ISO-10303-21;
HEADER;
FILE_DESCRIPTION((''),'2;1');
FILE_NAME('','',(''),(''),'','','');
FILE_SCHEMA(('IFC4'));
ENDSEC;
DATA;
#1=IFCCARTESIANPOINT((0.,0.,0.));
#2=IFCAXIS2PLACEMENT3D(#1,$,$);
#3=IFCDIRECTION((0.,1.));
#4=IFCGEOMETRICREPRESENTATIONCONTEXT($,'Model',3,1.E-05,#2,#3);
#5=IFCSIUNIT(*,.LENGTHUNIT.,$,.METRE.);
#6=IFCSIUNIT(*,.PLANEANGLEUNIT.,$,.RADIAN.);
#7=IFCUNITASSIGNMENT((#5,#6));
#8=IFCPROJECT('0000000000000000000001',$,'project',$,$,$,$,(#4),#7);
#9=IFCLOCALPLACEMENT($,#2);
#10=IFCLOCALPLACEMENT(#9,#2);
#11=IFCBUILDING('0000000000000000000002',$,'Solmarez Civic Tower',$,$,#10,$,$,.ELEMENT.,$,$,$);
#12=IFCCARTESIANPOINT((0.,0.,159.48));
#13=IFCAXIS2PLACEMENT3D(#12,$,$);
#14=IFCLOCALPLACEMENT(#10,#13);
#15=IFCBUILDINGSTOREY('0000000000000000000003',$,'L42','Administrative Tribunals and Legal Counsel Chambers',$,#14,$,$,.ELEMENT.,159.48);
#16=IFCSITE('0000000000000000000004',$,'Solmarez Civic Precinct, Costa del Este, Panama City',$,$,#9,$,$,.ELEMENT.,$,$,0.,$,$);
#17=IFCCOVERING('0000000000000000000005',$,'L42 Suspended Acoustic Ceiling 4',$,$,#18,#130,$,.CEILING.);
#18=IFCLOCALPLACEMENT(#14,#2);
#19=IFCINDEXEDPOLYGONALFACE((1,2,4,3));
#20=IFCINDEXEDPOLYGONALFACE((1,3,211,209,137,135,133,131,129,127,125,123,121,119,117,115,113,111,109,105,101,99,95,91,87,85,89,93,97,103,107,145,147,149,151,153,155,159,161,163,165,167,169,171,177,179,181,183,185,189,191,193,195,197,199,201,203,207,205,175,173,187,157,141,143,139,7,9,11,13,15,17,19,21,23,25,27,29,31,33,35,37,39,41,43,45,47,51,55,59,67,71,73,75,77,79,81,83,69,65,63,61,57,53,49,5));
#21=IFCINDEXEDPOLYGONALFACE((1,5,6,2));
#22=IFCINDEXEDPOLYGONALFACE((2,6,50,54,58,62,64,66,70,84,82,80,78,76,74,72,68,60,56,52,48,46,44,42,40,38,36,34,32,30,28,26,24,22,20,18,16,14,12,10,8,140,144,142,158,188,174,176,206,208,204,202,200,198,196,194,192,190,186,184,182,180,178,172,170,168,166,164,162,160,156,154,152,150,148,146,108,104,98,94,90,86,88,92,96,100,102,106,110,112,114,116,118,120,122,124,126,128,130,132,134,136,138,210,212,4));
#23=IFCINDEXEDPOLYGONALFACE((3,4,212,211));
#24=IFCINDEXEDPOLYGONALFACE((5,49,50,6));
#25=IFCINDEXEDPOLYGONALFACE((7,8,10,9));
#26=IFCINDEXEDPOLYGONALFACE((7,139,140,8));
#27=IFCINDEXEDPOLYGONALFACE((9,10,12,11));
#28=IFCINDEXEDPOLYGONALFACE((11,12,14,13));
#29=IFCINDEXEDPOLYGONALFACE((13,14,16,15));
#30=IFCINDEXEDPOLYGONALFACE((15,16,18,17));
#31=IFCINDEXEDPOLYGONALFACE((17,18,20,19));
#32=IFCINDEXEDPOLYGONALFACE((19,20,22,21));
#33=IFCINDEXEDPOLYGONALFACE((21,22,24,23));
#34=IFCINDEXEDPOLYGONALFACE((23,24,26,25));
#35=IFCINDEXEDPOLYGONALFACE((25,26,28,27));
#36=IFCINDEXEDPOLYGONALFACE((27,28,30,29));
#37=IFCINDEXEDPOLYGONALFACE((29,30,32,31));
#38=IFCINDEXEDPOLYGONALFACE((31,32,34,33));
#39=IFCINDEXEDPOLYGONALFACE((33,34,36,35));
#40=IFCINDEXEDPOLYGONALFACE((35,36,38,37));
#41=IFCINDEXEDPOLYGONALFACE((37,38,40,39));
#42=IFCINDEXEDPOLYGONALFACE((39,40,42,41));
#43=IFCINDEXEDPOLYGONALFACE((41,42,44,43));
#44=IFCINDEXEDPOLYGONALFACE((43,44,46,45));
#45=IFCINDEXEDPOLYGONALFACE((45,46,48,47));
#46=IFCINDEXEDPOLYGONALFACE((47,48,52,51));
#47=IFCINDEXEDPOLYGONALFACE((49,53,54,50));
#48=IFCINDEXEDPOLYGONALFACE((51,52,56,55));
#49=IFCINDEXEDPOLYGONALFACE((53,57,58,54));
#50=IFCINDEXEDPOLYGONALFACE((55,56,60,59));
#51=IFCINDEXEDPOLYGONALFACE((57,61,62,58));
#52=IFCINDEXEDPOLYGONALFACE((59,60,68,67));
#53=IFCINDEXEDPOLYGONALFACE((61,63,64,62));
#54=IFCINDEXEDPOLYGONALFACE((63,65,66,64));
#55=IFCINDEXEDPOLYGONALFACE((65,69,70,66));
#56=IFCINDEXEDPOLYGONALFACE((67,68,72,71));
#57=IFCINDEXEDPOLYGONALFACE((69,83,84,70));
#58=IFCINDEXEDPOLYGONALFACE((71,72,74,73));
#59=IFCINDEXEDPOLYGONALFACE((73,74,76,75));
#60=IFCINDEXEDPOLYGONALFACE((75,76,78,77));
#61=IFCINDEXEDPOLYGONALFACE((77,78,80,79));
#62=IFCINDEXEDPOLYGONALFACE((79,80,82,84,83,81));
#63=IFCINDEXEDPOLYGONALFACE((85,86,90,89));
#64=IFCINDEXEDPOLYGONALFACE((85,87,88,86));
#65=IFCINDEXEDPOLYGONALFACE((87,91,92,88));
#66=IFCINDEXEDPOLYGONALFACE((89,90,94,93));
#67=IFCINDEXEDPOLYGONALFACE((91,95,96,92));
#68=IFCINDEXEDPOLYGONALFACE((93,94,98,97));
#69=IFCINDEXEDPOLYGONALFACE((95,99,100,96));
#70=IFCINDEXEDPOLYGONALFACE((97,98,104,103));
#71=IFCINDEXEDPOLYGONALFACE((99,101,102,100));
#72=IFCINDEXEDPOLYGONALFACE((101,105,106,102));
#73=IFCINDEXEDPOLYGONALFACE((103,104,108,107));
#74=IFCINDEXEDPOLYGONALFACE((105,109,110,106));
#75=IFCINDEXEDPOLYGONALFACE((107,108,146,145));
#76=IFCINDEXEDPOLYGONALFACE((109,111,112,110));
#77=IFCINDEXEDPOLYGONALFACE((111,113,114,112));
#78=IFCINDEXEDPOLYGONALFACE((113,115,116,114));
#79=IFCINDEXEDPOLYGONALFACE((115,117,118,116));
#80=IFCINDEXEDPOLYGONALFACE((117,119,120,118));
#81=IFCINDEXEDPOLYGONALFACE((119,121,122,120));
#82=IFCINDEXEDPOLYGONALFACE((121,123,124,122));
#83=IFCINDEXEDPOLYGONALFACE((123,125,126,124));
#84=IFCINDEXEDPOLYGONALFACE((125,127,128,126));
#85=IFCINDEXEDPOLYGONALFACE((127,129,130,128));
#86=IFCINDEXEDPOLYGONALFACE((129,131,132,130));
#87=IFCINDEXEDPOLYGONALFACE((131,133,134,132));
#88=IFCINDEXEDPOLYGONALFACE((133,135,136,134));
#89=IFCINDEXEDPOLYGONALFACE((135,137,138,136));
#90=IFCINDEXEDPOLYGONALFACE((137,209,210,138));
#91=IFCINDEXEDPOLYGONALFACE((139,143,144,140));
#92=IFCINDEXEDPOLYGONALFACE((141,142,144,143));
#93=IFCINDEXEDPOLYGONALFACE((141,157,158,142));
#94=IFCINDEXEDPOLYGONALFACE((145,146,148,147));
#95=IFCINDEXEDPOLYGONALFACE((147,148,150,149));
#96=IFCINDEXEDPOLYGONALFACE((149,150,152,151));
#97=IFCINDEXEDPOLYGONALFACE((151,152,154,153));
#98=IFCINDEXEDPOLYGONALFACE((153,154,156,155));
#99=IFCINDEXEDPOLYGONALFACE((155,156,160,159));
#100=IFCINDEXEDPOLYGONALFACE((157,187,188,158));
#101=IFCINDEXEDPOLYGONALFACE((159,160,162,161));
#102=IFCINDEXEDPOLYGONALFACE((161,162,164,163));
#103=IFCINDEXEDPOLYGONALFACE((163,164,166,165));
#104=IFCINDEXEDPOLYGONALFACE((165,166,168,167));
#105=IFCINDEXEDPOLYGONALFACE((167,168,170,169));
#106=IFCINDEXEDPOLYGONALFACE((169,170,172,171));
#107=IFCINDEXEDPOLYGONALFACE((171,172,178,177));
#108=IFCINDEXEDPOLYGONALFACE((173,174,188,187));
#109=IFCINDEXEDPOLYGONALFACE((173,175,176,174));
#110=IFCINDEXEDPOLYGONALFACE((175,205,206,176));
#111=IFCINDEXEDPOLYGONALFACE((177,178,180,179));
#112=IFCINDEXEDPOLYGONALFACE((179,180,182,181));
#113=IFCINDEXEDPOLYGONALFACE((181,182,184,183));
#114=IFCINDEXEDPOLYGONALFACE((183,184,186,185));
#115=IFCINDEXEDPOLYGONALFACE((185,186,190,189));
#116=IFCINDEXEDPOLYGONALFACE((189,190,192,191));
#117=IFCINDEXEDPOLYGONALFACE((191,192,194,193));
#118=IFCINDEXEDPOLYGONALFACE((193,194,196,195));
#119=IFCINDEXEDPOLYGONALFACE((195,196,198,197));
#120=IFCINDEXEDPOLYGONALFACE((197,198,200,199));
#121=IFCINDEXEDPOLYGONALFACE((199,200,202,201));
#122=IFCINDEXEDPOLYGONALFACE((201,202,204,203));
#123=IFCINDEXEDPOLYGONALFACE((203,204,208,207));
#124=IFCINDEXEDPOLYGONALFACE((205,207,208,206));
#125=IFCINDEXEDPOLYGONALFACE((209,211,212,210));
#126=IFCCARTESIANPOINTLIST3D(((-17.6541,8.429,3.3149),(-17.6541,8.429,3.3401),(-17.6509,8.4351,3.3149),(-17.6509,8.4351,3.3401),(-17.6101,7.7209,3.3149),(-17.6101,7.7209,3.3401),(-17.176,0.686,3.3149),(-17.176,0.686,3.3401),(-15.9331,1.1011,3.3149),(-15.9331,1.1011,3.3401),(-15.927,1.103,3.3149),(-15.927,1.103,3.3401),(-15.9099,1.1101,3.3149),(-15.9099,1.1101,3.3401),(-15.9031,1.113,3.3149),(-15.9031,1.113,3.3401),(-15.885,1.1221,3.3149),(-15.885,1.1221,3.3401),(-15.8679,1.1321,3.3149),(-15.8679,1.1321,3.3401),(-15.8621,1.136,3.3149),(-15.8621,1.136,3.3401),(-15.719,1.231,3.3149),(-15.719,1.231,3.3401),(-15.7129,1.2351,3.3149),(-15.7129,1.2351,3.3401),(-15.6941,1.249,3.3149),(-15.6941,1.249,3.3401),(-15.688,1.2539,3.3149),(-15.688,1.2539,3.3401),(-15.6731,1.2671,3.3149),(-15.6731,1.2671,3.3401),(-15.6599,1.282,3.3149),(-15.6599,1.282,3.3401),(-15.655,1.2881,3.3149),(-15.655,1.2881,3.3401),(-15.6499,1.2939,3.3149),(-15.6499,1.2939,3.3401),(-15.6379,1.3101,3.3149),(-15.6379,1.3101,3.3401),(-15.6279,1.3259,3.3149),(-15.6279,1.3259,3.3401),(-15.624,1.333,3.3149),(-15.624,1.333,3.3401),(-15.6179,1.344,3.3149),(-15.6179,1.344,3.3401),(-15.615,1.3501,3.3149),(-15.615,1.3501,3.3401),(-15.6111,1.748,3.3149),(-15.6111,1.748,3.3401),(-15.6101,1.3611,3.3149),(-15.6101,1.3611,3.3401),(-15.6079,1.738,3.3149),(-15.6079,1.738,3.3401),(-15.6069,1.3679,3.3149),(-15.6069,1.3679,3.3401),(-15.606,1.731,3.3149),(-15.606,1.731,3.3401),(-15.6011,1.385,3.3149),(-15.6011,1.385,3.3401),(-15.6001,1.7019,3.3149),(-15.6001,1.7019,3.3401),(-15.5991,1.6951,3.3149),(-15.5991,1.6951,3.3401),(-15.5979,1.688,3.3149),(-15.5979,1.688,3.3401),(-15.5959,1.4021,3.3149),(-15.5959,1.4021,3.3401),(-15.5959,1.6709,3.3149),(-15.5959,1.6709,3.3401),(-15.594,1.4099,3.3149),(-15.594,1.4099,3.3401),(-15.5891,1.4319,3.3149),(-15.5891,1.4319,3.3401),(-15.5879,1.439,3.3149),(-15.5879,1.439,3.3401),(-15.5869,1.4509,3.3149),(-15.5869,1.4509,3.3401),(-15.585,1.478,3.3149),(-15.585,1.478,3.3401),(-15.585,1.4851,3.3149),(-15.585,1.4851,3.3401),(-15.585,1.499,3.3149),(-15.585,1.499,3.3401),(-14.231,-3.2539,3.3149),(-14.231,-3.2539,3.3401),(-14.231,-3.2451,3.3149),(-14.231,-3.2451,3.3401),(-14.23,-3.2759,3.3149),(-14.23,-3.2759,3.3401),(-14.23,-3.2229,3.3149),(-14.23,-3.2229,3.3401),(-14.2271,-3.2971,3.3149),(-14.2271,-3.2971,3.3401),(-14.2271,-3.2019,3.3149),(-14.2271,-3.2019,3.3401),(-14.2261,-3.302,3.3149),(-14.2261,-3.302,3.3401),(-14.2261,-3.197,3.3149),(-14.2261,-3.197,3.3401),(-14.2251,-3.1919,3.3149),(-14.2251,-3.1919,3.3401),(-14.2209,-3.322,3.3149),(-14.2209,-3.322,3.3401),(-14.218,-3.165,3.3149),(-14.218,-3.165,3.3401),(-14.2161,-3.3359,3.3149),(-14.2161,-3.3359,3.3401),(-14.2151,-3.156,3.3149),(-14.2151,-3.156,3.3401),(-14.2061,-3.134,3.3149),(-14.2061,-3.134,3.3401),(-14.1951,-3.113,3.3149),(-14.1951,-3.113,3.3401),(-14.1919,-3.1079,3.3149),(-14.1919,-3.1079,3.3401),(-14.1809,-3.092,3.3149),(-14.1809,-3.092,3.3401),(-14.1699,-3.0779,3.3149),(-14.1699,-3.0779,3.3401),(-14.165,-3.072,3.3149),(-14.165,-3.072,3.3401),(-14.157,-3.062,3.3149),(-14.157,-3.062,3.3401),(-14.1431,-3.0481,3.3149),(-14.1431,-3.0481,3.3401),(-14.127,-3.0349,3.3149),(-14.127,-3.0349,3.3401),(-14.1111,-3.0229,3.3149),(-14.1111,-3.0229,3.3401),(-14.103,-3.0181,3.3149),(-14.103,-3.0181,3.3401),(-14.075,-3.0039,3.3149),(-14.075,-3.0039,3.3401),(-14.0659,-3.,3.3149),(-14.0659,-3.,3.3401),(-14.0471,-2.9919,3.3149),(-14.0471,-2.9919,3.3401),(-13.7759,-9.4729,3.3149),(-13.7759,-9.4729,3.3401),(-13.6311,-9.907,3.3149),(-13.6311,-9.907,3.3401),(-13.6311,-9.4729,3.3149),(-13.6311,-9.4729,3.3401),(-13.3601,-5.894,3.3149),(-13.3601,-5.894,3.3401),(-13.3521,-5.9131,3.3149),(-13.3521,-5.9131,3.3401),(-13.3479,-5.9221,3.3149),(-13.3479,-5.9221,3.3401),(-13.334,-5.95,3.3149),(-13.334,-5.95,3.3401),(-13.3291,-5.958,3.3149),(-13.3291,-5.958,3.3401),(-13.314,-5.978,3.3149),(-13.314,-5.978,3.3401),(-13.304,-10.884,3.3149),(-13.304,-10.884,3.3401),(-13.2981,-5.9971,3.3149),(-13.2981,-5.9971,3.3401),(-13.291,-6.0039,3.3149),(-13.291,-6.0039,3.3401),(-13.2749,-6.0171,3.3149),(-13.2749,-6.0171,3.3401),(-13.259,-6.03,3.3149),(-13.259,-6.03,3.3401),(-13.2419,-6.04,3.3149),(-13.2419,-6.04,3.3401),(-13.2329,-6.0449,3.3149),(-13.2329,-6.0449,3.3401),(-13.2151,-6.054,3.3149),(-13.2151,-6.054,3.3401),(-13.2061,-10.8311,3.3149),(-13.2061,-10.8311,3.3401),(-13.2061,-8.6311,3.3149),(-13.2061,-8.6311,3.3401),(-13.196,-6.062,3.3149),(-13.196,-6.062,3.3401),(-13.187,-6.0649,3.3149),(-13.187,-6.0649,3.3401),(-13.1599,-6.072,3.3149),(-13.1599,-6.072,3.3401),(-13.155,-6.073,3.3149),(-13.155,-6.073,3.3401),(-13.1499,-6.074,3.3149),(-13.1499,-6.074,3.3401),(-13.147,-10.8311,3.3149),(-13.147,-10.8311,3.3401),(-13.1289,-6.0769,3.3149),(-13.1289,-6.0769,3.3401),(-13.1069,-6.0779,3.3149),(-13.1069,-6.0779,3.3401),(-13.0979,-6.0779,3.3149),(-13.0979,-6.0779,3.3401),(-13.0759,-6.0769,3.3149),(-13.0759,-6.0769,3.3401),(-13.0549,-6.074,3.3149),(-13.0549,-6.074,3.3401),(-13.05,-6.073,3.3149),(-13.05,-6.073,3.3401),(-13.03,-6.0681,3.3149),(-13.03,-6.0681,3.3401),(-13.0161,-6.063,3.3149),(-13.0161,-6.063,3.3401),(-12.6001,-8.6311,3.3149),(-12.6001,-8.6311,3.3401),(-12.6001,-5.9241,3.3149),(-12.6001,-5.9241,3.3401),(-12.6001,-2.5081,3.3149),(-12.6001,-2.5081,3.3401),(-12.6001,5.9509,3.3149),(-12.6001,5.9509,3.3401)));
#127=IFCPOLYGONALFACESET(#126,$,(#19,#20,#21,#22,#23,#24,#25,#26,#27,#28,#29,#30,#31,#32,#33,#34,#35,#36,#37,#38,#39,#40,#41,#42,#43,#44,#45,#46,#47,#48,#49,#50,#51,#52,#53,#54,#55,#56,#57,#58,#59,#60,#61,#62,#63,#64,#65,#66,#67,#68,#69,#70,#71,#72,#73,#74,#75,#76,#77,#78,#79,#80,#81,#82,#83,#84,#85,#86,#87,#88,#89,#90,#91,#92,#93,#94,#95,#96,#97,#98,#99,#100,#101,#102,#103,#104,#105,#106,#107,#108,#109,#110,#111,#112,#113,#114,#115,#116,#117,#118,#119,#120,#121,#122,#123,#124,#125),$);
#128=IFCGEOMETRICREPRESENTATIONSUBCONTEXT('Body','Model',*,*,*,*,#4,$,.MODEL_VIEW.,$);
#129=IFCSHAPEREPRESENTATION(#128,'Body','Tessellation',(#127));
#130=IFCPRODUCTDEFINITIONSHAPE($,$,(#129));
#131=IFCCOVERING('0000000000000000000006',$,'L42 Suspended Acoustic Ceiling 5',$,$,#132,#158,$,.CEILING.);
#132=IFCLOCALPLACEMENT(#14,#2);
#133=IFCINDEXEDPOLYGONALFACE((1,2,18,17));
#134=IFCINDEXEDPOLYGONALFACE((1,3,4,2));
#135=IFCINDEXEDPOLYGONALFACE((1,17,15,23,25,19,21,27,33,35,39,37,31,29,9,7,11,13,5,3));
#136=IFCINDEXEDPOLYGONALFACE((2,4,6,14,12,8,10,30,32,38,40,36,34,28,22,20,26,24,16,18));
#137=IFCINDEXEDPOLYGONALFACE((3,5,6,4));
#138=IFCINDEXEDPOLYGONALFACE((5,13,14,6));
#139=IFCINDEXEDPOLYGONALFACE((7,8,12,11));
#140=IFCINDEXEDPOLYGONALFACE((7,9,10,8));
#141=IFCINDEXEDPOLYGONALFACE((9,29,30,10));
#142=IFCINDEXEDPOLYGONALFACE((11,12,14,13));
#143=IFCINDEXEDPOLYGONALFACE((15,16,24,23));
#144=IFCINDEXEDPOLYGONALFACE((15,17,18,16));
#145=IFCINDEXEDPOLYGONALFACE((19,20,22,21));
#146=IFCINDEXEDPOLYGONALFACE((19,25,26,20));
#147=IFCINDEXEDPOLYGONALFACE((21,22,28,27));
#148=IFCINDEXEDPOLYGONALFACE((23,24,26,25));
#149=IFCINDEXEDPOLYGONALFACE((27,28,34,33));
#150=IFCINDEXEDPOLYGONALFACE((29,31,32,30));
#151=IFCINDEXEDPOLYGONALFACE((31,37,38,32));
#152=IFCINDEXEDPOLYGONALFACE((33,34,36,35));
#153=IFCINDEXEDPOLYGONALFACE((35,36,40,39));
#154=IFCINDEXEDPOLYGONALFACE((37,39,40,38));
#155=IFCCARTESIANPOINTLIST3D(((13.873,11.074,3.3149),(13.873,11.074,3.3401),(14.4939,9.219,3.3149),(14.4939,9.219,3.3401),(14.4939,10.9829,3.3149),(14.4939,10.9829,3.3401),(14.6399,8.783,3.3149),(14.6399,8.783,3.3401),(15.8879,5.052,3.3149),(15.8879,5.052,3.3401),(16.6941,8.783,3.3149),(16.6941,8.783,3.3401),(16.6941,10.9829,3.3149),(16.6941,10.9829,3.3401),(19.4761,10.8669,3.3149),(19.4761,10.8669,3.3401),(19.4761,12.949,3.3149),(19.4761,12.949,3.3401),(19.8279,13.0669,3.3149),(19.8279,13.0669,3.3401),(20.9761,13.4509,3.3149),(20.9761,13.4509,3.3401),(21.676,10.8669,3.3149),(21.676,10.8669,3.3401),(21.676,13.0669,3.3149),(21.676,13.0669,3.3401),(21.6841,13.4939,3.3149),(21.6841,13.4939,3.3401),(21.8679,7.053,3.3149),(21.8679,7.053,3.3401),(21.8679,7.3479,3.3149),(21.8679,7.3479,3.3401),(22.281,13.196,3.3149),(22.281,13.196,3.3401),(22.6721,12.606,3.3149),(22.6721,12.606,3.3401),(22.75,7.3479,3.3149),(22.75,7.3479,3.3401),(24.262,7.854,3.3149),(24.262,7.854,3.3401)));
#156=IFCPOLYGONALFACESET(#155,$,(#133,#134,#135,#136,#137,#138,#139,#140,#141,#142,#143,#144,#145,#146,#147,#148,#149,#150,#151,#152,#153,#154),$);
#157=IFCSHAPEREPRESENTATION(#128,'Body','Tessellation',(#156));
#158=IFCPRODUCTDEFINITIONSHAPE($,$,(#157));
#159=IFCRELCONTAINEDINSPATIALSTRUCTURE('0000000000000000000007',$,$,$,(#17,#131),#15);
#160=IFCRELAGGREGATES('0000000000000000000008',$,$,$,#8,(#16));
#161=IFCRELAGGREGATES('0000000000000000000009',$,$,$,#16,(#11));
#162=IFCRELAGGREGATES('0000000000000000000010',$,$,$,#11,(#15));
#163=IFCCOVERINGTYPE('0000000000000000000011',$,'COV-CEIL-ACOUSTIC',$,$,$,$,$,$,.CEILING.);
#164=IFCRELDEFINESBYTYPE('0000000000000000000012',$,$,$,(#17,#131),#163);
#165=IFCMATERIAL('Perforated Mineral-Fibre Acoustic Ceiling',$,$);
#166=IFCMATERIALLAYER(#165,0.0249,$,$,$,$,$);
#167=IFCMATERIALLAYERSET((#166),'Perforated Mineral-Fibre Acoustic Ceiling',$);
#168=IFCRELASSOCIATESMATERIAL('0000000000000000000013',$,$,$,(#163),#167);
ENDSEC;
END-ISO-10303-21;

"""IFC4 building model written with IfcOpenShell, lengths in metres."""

from ifc_helpers import new_model, si_unit, direction, frame, origin, place, context, subcontext, project, spatial, polyline, outline, extrude, material, layer, layer_set, type_object, element, save


model = new_model("IFC4")

# Units and contexts
model_context = context("Model", 3, precision=1e-05, world=origin(), true_north=direction((0.0, 1.0)))
body_context = subcontext(model_context, "Body", "Model", "MODEL_VIEW")
ifc_project = project(units=[si_unit("LENGTHUNIT", "METRE"), si_unit("PLANEANGLEUNIT", "RADIAN")], contexts=[model_context])

# Site, building, storey
site_placement = place(None, origin())
site = spatial("IfcSite", under=ifc_project, at=site_placement, Name="Solmarez Civic Precinct, Costa del Este, Panama City", CompositionType="ELEMENT", RefElevation=0.0)
building_placement = place(site_placement, origin())
building = spatial("IfcBuilding", under=site, at=building_placement, Name="Solmarez Civic Tower", CompositionType="ELEMENT")
storey_placement = place(building_placement, frame((0.0, 0.0, 159.48)))
storey = spatial("IfcBuildingStorey", under=building, at=storey_placement, Name="L42", Description="Administrative Tribunals and Legal Counsel Chambers", CompositionType="ELEMENT", Elevation=159.48)

# Coverings
ifc_material_1 = material(Name="Perforated Mineral-Fibre Acoustic Ceiling")
ifc_layer_1 = layer(ifc_material_1, 0.0249)
ifc_layer_set_1 = layer_set([ifc_layer_1], Name="Perforated Mineral-Fibre Acoustic Ceiling")
covering_type_1 = type_object("IfcCoveringType", Name="COV-CEIL-ACOUSTIC", PredefinedType="CEILING", material=ifc_layer_set_1)
covering_1_placement = place(storey_placement, frame((0.0, 0.0, 3.3149)))
element("IfcCovering", 1, at=covering_1_placement, inside=storey, type_object=covering_type_1, Name="L42 Suspended Acoustic Ceiling 4", PredefinedType="CEILING", context=body_context, shape_type="SweptSolid", body=[
    extrude(outline(polyline([(-14.2161, -3.3359), (-14.2209, -3.322), (-14.2261, -3.302), (-14.2271, -3.2971), (-14.23, -3.2759), (-14.231, -3.2539), (-14.231, -3.2451), (-14.23, -3.2229), (-14.2271, -3.2019), (-14.2261, -3.197), (-14.2251, -3.1919), (-14.218, -3.165), (-14.2151, -3.156), (-14.2061, -3.134), (-14.1951, -3.113), (-14.1919, -3.1079), (-14.1809, -3.092), (-14.1699, -3.0779), (-14.165, -3.072), (-14.157, -3.062), (-14.1431, -3.0481), (-14.127, -3.0349), (-14.1111, -3.0229), (-14.103, -3.0181), (-14.075, -3.0039), (-14.0659, -3.0), (-14.0471, -2.9919), (-12.6001, -2.5081), (-12.6001, 5.9509), (-17.6509, 8.4351), (-17.6541, 8.429), (-17.6101, 7.7209), (-15.6111, 1.748), (-15.6079, 1.738), (-15.606, 1.731), (-15.6001, 1.7019), (-15.5991, 1.6951), (-15.5979, 1.688), (-15.5959, 1.6709), (-15.585, 1.499), (-15.585, 1.4851), (-15.585, 1.478), (-15.5869, 1.4509), (-15.5879, 1.439), (-15.5891, 1.4319), (-15.594, 1.4099), (-15.5959, 1.4021), (-15.6011, 1.385), (-15.6069, 1.3679), (-15.6101, 1.3611), (-15.615, 1.3501), (-15.6179, 1.344), (-15.624, 1.333), (-15.6279, 1.3259), (-15.6379, 1.3101), (-15.6499, 1.2939), (-15.655, 1.2881), (-15.6599, 1.282), (-15.6731, 1.2671), (-15.688, 1.2539), (-15.6941, 1.249), (-15.7129, 1.2351), (-15.719, 1.231), (-15.8621, 1.136), (-15.8679, 1.1321), (-15.885, 1.1221), (-15.9031, 1.113), (-15.9099, 1.1101), (-15.927, 1.103), (-15.9331, 1.1011), (-17.176, 0.686), (-13.7759, -9.4729), (-13.6311, -9.4729), (-13.6311, -9.907), (-13.304, -10.884), (-13.147, -10.8311), (-13.2061, -10.8311), (-13.2061, -8.6311), (-12.6001, -8.6311), (-12.6001, -5.9241), (-13.0161, -6.063), (-13.03, -6.0681), (-13.05, -6.073), (-13.0549, -6.074), (-13.0759, -6.0769), (-13.0979, -6.0779), (-13.1069, -6.0779), (-13.1289, -6.0769), (-13.1499, -6.074), (-13.155, -6.073), (-13.1599, -6.072), (-13.187, -6.0649), (-13.196, -6.062), (-13.2151, -6.054), (-13.2329, -6.0449), (-13.2419, -6.04), (-13.259, -6.03), (-13.2749, -6.0171), (-13.291, -6.0039), (-13.2981, -5.9971), (-13.314, -5.978), (-13.3291, -5.958), (-13.334, -5.95), (-13.3479, -5.9221), (-13.3521, -5.9131), (-13.3601, -5.894), (-14.2161, -3.3359)])), origin(), (0.0, 0.0, 1.0), 0.0251),
])
covering_2_placement = place(storey_placement, frame((0.0, 0.0, 3.3149)))
element("IfcCovering", 2, at=covering_2_placement, inside=storey, type_object=covering_type_1, Name="L42 Suspended Acoustic Ceiling 5", PredefinedType="CEILING", context=body_context, shape_type="SweptSolid", body=[
    extrude(outline(polyline([(24.262, 7.854), (22.6721, 12.606), (22.281, 13.196), (21.6841, 13.4939), (20.9761, 13.4509), (19.8279, 13.0669), (21.676, 13.0669), (21.676, 10.8669), (19.4761, 10.8669), (19.4761, 12.949), (13.873, 11.074), (14.4939, 9.219), (14.4939, 10.9829), (16.6941, 10.9829), (16.6941, 8.783), (14.6399, 8.783), (15.8879, 5.052), (21.8679, 7.053), (21.8679, 7.3479), (22.75, 7.3479), (24.262, 7.854)])), origin(), (0.0, 0.0, 1.0), 0.0251),
])

save(model, "model.ifc")
